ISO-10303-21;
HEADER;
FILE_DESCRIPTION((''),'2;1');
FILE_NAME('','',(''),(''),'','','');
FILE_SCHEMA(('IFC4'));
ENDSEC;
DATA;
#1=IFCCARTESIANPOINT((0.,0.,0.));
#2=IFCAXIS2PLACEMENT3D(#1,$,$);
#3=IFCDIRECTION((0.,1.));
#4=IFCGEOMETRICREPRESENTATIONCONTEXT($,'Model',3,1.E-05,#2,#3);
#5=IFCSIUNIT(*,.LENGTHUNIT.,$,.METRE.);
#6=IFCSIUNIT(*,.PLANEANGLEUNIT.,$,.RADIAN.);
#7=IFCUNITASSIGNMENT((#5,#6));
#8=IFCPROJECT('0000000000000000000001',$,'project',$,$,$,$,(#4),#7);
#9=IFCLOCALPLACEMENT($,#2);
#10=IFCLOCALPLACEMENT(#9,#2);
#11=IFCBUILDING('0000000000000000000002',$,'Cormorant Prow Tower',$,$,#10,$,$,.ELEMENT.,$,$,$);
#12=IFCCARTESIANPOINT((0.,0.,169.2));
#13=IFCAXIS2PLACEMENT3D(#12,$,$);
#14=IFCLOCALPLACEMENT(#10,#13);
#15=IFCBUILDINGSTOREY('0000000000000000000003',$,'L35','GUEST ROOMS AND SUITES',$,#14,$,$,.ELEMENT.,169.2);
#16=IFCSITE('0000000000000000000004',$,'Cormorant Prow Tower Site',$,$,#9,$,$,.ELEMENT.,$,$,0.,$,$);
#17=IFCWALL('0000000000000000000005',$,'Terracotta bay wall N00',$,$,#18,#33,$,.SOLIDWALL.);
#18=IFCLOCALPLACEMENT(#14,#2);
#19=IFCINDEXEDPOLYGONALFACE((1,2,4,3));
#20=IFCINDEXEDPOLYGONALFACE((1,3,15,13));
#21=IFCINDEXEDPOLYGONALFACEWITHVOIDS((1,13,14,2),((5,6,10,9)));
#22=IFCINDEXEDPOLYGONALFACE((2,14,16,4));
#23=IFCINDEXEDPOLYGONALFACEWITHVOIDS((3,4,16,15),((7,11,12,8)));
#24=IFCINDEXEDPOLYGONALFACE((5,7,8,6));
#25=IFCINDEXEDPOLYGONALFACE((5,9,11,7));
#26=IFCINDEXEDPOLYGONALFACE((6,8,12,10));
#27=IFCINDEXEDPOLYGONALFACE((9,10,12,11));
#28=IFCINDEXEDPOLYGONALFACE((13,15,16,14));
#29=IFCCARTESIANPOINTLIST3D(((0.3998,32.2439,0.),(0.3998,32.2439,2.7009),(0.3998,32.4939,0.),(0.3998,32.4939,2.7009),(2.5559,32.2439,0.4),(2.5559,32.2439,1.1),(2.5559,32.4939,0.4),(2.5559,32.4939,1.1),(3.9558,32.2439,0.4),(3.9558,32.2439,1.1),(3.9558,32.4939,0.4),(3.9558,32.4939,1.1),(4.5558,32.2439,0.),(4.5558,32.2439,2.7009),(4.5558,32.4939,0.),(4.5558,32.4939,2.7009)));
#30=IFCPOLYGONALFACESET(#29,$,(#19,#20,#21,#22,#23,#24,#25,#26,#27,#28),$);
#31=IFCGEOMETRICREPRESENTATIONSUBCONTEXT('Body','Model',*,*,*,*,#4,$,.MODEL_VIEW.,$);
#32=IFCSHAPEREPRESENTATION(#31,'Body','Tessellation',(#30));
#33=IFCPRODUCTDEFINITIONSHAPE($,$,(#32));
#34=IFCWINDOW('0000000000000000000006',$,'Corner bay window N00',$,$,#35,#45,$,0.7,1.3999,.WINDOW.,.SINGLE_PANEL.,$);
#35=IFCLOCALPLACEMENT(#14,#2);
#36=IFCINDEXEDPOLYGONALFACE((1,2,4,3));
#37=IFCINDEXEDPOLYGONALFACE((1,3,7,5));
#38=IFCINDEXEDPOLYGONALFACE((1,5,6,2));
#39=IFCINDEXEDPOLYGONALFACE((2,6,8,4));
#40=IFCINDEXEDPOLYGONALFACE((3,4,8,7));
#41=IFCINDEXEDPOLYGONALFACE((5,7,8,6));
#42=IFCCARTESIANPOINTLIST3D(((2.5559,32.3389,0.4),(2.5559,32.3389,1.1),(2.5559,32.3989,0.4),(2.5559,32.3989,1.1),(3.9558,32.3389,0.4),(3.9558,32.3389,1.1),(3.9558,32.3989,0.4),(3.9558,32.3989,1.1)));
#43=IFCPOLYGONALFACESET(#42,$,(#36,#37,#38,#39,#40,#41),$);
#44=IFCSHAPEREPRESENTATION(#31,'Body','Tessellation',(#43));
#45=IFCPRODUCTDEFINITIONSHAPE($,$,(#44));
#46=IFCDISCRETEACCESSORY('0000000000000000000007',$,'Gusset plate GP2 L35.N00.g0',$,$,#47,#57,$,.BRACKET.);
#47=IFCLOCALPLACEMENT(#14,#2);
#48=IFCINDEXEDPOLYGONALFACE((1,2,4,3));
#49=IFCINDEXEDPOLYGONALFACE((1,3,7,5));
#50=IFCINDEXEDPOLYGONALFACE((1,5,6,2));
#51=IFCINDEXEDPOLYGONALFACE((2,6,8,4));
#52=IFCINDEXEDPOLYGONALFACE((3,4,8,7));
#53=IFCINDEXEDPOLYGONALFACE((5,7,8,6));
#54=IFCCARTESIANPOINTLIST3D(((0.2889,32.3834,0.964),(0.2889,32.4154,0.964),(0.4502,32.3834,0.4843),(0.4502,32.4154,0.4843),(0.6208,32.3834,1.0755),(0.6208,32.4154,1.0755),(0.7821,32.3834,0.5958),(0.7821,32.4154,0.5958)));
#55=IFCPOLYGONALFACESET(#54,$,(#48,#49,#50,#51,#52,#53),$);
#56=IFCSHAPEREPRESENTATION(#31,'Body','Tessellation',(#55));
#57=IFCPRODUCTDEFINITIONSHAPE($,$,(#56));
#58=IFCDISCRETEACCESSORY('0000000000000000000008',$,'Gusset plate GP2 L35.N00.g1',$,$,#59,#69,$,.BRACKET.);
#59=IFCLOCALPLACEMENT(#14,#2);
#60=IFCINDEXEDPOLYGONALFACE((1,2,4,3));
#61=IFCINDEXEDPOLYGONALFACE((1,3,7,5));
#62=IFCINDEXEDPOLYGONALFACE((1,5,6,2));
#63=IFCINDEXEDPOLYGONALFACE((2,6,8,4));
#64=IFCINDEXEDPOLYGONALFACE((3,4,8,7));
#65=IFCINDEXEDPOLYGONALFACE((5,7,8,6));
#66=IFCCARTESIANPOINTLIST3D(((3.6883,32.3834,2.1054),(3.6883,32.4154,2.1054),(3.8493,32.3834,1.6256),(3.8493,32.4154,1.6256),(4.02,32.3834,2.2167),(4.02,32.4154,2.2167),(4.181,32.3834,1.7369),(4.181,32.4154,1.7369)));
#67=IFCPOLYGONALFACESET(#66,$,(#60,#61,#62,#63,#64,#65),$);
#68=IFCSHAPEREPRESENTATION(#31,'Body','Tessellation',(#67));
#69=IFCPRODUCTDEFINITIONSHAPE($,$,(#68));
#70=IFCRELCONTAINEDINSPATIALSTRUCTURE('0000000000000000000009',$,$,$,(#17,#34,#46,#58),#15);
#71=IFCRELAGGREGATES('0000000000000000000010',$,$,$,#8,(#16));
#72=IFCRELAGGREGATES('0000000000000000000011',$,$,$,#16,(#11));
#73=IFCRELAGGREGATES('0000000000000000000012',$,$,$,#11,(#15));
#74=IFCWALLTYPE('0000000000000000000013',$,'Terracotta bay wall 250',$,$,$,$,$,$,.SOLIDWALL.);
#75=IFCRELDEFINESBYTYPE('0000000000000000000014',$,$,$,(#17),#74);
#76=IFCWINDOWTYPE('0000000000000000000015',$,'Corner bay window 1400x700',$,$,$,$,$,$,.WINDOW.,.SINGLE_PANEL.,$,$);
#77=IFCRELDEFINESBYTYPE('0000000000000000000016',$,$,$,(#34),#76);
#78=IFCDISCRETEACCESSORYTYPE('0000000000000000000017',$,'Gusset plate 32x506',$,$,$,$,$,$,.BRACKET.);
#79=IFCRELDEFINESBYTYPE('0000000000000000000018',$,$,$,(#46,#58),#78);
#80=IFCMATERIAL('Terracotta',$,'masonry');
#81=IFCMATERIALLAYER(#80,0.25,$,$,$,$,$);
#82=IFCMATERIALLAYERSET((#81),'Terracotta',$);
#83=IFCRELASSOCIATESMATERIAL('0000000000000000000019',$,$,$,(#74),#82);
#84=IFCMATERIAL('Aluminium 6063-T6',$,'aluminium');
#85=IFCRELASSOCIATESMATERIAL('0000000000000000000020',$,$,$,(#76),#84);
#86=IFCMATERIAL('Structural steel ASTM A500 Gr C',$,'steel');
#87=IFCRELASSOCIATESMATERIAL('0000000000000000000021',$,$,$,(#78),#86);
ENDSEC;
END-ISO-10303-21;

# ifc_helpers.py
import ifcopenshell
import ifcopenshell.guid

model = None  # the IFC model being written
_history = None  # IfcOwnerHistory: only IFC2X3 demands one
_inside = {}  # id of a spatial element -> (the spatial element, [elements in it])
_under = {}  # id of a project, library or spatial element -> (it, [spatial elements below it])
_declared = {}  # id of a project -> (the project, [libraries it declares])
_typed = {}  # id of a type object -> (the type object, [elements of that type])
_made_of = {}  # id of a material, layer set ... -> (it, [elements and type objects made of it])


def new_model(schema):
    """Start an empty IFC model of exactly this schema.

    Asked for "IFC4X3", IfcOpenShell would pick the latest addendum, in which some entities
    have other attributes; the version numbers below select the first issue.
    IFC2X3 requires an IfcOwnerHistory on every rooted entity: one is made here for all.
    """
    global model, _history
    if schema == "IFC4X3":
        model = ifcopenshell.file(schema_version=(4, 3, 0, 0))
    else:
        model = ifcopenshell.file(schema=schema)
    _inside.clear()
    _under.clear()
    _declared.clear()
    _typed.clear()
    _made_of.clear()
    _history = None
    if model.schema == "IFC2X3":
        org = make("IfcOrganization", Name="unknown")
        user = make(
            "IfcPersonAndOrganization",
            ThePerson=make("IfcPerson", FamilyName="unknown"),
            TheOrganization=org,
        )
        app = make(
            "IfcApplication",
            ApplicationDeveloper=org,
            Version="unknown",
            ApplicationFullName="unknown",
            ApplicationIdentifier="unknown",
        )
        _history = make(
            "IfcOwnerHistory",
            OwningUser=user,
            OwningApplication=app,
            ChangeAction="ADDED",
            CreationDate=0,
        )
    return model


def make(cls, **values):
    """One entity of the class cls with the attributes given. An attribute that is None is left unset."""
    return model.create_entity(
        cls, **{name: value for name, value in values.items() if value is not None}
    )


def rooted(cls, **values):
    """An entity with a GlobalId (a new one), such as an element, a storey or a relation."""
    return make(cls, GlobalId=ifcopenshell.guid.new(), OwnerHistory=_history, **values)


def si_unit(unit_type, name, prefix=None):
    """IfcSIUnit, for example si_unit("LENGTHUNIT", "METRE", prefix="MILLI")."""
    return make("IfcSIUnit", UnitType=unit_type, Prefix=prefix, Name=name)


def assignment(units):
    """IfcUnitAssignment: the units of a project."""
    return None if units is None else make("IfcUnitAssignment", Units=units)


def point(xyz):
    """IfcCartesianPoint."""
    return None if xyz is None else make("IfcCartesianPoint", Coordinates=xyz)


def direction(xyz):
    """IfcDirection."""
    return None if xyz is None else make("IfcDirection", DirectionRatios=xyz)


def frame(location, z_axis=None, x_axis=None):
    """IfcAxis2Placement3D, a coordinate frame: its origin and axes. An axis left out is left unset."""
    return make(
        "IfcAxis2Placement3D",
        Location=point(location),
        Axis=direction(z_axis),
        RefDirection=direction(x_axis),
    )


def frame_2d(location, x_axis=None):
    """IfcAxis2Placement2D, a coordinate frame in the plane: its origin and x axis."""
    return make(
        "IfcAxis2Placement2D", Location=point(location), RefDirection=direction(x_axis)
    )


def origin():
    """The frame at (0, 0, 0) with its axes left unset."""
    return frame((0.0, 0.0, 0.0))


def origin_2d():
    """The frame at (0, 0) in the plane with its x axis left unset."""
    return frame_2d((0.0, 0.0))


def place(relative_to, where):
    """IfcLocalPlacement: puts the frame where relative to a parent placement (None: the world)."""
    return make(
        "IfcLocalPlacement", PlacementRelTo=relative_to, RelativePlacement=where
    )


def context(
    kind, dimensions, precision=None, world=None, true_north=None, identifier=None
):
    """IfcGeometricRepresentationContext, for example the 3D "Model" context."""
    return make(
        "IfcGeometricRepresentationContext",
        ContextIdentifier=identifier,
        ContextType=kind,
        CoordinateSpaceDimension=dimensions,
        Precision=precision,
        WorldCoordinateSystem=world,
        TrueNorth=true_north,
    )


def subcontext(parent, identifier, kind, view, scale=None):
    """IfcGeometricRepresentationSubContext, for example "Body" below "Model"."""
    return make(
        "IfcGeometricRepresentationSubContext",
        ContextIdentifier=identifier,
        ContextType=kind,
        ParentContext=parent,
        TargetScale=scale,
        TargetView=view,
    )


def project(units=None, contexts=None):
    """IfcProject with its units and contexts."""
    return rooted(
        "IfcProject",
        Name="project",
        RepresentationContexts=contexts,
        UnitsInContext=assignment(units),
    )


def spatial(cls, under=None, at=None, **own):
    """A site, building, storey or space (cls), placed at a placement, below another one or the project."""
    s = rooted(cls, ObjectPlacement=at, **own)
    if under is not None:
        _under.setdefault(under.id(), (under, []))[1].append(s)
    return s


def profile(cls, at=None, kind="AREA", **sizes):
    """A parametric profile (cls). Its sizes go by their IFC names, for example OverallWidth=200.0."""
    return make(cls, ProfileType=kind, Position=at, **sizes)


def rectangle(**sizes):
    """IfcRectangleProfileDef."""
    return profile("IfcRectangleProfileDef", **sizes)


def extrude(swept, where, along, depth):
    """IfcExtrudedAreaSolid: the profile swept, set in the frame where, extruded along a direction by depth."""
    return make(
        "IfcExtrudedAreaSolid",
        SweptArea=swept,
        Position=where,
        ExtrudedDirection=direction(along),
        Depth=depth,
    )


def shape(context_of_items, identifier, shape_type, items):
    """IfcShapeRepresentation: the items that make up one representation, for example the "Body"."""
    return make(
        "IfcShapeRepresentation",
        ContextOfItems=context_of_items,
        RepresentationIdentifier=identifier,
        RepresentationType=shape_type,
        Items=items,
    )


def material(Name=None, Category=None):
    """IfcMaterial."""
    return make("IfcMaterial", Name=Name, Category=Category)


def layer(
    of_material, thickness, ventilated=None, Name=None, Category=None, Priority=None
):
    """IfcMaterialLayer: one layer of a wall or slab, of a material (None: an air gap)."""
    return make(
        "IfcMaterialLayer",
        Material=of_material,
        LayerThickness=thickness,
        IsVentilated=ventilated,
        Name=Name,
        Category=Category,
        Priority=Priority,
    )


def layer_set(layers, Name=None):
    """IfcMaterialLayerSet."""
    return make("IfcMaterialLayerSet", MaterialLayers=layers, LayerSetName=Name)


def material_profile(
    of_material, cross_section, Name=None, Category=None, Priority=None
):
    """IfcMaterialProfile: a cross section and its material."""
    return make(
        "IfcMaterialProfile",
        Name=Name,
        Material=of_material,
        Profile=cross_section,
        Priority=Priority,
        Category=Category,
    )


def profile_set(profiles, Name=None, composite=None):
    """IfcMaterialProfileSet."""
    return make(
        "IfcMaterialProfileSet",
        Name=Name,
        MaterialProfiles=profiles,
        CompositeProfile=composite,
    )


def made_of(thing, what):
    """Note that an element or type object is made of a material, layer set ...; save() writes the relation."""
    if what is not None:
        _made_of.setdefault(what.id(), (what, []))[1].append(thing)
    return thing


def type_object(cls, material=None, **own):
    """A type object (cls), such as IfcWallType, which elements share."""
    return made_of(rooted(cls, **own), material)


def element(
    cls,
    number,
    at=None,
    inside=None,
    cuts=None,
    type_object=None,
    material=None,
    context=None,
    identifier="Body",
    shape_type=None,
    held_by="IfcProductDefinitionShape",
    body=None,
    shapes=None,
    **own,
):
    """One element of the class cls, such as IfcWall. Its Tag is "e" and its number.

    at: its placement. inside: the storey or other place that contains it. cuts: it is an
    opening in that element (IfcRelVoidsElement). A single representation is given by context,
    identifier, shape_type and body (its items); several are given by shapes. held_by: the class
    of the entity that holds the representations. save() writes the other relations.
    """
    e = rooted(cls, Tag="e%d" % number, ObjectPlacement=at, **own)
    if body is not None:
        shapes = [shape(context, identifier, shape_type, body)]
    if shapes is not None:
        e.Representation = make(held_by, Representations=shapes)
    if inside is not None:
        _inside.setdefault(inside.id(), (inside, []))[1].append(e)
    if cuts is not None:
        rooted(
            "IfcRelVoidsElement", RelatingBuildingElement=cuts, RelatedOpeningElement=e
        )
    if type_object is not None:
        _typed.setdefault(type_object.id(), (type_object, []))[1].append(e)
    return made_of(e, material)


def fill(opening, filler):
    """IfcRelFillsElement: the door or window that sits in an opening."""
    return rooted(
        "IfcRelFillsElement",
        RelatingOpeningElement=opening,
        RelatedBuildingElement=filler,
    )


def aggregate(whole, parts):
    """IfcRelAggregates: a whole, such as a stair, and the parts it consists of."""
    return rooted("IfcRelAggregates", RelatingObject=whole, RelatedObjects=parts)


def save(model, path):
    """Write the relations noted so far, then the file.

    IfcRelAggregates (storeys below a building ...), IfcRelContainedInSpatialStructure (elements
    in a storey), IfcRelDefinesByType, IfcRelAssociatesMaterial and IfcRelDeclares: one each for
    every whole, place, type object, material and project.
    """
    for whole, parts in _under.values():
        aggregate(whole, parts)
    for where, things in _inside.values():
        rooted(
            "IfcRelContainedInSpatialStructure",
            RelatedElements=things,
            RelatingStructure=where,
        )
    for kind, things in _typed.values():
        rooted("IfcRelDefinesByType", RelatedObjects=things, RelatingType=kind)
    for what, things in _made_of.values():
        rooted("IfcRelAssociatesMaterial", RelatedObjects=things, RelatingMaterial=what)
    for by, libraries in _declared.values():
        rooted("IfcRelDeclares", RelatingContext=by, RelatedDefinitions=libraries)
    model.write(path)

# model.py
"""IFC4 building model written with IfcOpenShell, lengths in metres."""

from ifc_helpers import new_model, si_unit, direction, frame, frame_2d, origin, origin_2d, place, context, subcontext, project, spatial, rectangle, extrude, material, layer, layer_set, material_profile, profile_set, type_object, element, fill, save


model = new_model("IFC4")

# Units and contexts
model_context = context("Model", 3, precision=1e-05, world=origin(), true_north=direction((0.0, 1.0)))
body_context = subcontext(model_context, "Body", "Model", "MODEL_VIEW")
ifc_project = project(units=[si_unit("LENGTHUNIT", "METRE"), si_unit("PLANEANGLEUNIT", "RADIAN")], contexts=[model_context])

# Site, building, storey
site_placement = place(None, origin())
site = spatial("IfcSite", under=ifc_project, at=site_placement, Name="Cormorant Prow Tower Site", CompositionType="ELEMENT", RefElevation=0.0)
building_placement = place(site_placement, origin())
building = spatial("IfcBuilding", under=site, at=building_placement, Name="Cormorant Prow Tower", CompositionType="ELEMENT")
storey_placement = place(building_placement, frame((0.0, 0.0, 169.2)))
storey = spatial("IfcBuildingStorey", under=building, at=storey_placement, Name="L35", Description="GUEST ROOMS AND SUITES", CompositionType="ELEMENT", Elevation=169.2)

# Wall, opening, window
ifc_material_1 = material(Name="Terracotta", Category="masonry")
ifc_layer_1 = layer(ifc_material_1, 0.25)
ifc_layer_set_1 = layer_set([ifc_layer_1], Name="Terracotta")
wall_type_1 = type_object("IfcWallType", Name="Terracotta bay wall 250", PredefinedType="SOLIDWALL", material=ifc_layer_set_1)
wall_1_placement = place(storey_placement, frame((4.5559, 32.3689, 0.0), z_axis=(0.0, 0.0, 1.0), x_axis=(-1.0, 0.0, 0.0)))
wall_1 = element("IfcWall", 1, at=wall_1_placement, inside=storey, type_object=wall_type_1, Name="Terracotta bay wall N00", PredefinedType="SOLIDWALL", context=body_context, shape_type="SweptSolid", body=[
    extrude(rectangle(XDim=4.156, YDim=0.25, at=frame_2d((2.0781, 0.0))), origin(), (0.0, 0.0, 1.0), 2.7009),
])
opening_1_placement = place(wall_1_placement, frame((0.6001, 0.0, 0.3999)))
opening_1 = element("IfcOpeningElement", 2, at=opening_1_placement, cuts=wall_1, PredefinedType="OPENING", context=body_context, shape_type="SweptSolid", body=[
    extrude(rectangle(XDim=1.3999, YDim=0.7, at=frame_2d((0.7, 0.3501))), frame((0.0, 0.135, 0.0), z_axis=(0.0, -1.0, 0.0), x_axis=(1.0, 0.0, 0.0)), (0.0, 0.0, 1.0), 0.27),
])
ifc_material_2 = material(Name="Aluminium 6063-T6", Category="aluminium")
window_type = type_object("IfcWindowType", Name="Corner bay window 1400x700", PartitioningType="SINGLE_PANEL", PredefinedType="WINDOW", material=ifc_material_2)
window_placement = place(opening_1_placement, origin())
window = element("IfcWindow", 3, at=window_placement, inside=storey, type_object=window_type, Name="Corner bay window N00", OverallHeight=0.7, OverallWidth=1.3999, PartitioningType="SINGLE_PANEL", PredefinedType="WINDOW", context=body_context, shape_type="SweptSolid", body=[
    extrude(rectangle(XDim=1.3999, YDim=0.7, at=frame_2d((0.7, 0.3501))), frame((0.0, 0.03, 0.0), z_axis=(0.0, -1.0, 0.0), x_axis=(1.0, 0.0, 0.0)), (0.0, 0.0, 1.0), 0.0601),
])
fill(opening_1, window)

# Discrete accessories
ifc_material_3 = material(Name="Structural steel ASTM A500 Gr C", Category="steel")
ifc_material_profile_1 = material_profile(ifc_material_3, rectangle(XDim=0.032, YDim=0.5061, at=origin_2d()), Name="Gusset plate 32x506")
ifc_profile_set_1 = profile_set([ifc_material_profile_1], Name="Structural steel ASTM A500 Gr C")
discrete_accessory_type = type_object("IfcDiscreteAccessoryType", Name="Gusset plate 32x506", PredefinedType="BRACKET", material=ifc_profile_set_1)
discrete_accessory_1_placement = place(storey_placement, frame((0.7014, 32.3994, 0.8357), z_axis=(-0.947843, 0.0, -0.318738), x_axis=(0.0, -1.0, 0.0)))
element("IfcDiscreteAccessory", 4, at=discrete_accessory_1_placement, inside=storey, type_object=discrete_accessory_type, Name="Gusset plate GP2 L35.N00.g0", PredefinedType="BRACKET", context=body_context, shape_type="SweptSolid", body=[
    extrude(rectangle(XDim=0.032, YDim=0.5061, at=origin_2d()), origin(), (0.0, 0.0, 1.0), 0.3501),
])
discrete_accessory_2_placement = place(storey_placement, frame((3.7688, 32.3994, 1.8655), z_axis=(0.948054, 0.0, 0.318111), x_axis=(0.0, 1.0, 0.0)))
element("IfcDiscreteAccessory", 5, at=discrete_accessory_2_placement, inside=storey, type_object=discrete_accessory_type, Name="Gusset plate GP2 L35.N00.g1", PredefinedType="BRACKET", context=body_context, shape_type="SweptSolid", body=[
    extrude(rectangle(XDim=0.032, YDim=0.5061, at=origin_2d()), origin(), (0.0, 0.0, 1.0), 0.3499),
])

save(model, "model.ifc")
